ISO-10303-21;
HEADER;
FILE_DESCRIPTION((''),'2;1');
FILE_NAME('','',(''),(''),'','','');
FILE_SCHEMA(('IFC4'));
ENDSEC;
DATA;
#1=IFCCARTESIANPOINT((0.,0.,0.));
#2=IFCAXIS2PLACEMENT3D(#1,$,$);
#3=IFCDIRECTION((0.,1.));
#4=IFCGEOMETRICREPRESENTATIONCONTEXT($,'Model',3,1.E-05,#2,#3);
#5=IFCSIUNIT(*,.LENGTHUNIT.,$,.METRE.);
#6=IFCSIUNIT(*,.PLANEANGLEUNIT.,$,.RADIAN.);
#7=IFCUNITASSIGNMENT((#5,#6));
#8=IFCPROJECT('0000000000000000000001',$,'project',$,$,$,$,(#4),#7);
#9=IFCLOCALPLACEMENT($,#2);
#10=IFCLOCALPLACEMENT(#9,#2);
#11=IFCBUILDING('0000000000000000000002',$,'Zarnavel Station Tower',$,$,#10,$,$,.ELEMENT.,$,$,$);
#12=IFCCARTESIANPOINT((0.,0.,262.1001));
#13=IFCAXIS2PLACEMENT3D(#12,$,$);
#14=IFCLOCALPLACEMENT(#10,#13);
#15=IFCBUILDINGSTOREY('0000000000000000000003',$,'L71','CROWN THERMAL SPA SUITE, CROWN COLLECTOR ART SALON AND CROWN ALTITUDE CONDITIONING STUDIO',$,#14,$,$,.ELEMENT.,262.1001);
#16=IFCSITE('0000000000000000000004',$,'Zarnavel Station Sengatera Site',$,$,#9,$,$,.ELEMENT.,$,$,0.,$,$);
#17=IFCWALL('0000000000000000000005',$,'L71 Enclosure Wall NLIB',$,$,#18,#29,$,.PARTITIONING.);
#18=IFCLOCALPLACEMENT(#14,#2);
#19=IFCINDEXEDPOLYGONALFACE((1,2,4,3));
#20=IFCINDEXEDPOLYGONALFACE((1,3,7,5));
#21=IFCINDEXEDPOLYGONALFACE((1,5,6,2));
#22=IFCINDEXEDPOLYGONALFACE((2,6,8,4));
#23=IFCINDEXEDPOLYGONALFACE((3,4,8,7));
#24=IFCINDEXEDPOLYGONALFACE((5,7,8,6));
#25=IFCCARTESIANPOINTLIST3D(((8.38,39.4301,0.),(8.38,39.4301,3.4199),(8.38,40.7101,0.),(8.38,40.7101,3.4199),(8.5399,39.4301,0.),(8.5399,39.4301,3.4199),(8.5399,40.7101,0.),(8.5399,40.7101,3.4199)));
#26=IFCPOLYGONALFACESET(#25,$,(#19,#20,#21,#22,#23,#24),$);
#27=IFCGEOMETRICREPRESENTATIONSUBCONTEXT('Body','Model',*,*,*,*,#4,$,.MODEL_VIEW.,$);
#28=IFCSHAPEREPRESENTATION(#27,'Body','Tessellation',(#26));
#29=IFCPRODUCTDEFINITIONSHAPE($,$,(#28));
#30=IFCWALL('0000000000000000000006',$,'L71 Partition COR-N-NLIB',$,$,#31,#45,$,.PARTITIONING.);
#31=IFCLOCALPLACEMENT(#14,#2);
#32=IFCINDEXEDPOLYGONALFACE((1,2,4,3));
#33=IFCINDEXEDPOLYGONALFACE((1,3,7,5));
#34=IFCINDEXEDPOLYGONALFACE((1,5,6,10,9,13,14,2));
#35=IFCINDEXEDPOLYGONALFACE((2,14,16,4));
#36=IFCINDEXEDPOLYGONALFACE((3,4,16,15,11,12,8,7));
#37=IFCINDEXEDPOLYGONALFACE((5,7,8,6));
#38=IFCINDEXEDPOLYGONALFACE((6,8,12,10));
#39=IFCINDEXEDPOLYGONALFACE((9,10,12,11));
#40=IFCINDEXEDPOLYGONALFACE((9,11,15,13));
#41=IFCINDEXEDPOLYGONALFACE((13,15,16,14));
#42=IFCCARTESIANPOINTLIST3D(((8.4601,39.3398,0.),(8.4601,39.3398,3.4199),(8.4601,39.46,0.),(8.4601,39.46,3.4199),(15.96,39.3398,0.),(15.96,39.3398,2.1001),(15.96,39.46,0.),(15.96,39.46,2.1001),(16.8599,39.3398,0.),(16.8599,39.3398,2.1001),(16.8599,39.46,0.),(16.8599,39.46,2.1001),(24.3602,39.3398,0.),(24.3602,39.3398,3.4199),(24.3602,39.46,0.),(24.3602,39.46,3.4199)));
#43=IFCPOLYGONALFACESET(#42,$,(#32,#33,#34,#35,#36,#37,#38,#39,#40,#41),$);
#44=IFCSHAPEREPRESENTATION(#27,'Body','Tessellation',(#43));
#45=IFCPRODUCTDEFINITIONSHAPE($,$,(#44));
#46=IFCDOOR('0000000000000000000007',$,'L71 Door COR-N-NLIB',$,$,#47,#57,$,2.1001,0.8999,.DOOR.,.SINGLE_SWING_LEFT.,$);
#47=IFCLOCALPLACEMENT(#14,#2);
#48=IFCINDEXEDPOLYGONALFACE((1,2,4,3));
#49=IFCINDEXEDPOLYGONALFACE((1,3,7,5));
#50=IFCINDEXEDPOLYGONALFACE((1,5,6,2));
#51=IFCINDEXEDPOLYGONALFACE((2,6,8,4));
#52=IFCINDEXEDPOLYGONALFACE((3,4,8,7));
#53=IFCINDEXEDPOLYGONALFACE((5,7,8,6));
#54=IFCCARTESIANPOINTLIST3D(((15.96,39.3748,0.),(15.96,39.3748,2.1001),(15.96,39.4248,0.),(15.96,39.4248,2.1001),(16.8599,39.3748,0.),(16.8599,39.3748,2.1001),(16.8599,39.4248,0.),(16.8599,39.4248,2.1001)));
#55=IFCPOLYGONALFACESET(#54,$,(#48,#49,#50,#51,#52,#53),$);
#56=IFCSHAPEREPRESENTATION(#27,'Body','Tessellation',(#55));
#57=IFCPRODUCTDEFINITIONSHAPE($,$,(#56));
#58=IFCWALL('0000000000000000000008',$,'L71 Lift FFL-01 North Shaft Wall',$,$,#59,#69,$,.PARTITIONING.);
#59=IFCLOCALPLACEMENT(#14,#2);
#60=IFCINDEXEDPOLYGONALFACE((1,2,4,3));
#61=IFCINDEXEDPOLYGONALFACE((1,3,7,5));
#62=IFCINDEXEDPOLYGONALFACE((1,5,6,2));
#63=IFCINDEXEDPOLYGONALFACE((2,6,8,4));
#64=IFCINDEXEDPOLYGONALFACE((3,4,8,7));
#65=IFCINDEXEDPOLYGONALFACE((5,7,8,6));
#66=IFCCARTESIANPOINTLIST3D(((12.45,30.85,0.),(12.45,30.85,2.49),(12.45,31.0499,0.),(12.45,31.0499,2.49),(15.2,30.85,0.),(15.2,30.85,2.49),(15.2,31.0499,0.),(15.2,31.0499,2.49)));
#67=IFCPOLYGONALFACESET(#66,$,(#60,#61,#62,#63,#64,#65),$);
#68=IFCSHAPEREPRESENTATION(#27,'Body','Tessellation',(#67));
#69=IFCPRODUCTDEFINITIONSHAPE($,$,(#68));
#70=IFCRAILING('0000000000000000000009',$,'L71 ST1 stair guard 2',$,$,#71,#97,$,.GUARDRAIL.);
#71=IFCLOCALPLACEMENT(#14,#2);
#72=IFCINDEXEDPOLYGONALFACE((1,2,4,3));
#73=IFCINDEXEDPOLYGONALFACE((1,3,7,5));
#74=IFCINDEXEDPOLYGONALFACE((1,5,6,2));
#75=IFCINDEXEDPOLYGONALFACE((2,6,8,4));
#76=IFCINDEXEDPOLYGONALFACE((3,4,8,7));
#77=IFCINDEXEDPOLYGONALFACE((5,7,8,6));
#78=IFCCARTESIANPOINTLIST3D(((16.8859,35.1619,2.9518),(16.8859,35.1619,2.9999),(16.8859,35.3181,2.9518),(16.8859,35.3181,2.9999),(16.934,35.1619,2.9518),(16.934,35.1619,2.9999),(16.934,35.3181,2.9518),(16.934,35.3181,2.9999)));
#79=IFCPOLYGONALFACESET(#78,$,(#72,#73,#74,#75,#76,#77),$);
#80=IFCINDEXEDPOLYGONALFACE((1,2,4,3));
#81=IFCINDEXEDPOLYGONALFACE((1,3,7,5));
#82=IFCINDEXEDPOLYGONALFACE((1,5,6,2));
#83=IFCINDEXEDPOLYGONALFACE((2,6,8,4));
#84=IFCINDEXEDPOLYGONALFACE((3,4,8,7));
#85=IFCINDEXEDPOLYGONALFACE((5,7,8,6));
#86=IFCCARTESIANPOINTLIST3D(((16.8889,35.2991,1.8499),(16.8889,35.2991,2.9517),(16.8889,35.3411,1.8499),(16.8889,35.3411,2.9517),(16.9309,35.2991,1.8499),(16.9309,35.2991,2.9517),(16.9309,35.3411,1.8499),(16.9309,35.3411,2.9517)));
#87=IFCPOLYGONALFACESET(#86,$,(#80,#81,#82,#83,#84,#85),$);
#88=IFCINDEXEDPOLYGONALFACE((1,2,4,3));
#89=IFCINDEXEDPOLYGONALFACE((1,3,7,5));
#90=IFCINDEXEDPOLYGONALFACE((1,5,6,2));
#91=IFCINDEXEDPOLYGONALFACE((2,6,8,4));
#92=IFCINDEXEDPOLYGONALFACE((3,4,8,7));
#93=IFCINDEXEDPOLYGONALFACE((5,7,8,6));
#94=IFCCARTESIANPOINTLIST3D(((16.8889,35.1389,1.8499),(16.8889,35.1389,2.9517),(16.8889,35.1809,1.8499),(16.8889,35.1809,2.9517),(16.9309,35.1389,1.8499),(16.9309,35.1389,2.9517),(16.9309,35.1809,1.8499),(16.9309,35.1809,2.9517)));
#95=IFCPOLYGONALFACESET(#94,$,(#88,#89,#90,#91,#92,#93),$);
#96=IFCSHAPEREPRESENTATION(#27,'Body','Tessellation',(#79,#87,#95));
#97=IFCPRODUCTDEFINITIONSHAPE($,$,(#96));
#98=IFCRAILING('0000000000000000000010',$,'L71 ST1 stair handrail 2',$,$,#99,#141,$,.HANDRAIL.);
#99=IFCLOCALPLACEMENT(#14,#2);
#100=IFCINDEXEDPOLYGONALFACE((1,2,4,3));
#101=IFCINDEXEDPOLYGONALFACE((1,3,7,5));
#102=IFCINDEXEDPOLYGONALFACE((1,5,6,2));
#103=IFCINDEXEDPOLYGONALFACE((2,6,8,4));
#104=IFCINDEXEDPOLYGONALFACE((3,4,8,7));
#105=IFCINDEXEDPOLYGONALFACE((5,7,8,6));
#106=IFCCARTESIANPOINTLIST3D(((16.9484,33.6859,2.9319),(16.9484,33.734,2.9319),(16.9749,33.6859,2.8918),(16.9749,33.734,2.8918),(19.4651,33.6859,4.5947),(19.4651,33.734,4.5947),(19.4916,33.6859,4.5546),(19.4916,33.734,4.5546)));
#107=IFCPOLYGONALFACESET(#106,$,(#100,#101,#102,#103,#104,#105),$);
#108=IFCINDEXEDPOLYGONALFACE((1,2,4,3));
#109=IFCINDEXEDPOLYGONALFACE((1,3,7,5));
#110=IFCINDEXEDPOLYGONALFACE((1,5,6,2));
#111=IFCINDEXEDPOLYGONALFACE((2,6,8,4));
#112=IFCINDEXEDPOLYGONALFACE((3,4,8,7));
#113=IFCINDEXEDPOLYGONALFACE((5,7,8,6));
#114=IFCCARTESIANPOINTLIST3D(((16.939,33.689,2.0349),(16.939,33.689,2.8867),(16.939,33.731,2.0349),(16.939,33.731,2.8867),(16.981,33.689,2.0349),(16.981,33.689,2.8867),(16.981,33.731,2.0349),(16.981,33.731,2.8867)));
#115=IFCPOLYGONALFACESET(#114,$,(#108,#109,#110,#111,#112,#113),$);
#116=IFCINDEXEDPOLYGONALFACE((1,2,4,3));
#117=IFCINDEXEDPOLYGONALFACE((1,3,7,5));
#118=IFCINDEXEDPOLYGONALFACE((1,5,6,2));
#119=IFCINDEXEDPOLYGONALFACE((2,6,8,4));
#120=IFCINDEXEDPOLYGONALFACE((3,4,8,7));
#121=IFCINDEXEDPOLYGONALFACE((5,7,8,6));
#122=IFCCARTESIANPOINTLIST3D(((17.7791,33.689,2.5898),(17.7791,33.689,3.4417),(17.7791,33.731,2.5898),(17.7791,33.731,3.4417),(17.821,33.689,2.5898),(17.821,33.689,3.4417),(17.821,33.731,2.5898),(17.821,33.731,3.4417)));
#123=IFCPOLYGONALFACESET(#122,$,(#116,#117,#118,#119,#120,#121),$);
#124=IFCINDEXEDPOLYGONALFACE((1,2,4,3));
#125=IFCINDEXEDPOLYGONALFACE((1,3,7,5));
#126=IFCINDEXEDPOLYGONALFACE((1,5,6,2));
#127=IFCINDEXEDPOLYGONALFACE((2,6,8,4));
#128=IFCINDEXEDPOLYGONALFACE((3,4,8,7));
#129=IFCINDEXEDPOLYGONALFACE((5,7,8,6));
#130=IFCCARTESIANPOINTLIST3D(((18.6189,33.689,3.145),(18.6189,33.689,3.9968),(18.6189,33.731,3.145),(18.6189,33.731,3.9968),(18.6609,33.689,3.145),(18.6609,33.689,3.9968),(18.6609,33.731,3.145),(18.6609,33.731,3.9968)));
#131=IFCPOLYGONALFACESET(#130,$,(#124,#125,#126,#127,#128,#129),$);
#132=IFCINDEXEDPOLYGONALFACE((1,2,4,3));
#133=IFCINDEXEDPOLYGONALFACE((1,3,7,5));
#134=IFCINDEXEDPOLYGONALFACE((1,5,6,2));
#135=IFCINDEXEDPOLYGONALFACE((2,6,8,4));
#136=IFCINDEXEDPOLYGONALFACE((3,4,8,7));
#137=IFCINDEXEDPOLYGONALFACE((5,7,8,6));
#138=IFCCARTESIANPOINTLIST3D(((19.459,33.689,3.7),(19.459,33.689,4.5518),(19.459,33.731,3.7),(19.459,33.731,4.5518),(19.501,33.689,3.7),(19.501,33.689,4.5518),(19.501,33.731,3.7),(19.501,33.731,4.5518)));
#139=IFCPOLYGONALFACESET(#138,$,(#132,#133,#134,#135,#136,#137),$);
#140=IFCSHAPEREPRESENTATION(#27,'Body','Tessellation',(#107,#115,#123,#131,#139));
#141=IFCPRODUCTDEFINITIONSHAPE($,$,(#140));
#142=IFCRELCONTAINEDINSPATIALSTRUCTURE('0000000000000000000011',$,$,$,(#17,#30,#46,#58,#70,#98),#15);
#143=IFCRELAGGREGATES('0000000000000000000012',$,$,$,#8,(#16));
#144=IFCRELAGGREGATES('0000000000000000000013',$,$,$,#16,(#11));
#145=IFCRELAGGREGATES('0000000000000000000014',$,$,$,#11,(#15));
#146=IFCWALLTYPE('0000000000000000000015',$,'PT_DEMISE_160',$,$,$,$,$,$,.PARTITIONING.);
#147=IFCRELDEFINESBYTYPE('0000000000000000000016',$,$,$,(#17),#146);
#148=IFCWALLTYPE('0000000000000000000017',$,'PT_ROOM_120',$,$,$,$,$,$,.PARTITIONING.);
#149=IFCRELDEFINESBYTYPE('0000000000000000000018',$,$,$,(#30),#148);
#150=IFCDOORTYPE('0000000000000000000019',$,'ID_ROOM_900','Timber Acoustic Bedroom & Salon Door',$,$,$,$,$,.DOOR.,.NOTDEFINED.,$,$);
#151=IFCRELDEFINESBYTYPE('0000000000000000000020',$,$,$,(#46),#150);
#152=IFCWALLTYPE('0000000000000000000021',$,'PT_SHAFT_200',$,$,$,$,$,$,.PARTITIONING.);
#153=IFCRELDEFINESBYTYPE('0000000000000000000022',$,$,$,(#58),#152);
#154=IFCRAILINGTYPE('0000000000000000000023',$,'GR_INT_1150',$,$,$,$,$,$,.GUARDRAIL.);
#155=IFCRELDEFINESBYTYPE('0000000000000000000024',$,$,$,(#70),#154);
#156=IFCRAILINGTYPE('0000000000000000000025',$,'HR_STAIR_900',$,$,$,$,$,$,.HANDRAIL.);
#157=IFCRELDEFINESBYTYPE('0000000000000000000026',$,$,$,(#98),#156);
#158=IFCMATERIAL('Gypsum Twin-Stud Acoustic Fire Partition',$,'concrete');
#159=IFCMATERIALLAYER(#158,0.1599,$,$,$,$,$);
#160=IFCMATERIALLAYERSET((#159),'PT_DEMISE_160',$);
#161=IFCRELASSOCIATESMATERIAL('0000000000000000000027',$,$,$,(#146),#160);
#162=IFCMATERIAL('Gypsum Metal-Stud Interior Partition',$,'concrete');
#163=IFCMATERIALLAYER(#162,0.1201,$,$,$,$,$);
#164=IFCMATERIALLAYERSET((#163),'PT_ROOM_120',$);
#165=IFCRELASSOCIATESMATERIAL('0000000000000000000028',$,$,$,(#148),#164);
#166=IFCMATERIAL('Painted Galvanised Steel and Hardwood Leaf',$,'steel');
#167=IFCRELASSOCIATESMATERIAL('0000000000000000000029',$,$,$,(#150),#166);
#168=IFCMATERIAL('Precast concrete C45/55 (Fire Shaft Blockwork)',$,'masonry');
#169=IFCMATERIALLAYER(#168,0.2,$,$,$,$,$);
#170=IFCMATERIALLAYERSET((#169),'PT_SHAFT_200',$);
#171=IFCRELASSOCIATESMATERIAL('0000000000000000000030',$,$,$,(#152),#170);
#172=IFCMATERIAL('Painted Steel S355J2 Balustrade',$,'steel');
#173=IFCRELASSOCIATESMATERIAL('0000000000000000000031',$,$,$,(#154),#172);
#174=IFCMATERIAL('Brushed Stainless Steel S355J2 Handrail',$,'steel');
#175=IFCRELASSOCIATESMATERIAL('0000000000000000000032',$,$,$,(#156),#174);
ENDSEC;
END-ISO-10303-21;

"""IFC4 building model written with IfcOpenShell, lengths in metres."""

from ifc_helpers import new_model, si_unit, direction, frame, frame_2d, origin, origin_2d, place, context, subcontext, project, spatial, rectangle, extrude, material, layer, layer_set, type_object, element, fill, save


model = new_model("IFC4")

# Units and contexts
model_context = context("Model", 3, precision=1e-05, world=origin(), true_north=direction((0.0, 1.0)))
body_context = subcontext(model_context, "Body", "Model", "MODEL_VIEW")
ifc_project = project(units=[si_unit("LENGTHUNIT", "METRE"), si_unit("PLANEANGLEUNIT", "RADIAN")], contexts=[model_context])

# Site, building, storey
site_placement = place(None, origin())
site = spatial("IfcSite", under=ifc_project, at=site_placement, Name="Zarnavel Station Sengatera Site", CompositionType="ELEMENT", RefElevation=0.0)
building_placement = place(site_placement, origin())
building = spatial("IfcBuilding", under=site, at=building_placement, Name="Zarnavel Station Tower", CompositionType="ELEMENT")
storey_placement = place(building_placement, frame((0.0, 0.0, 262.1001)))
storey = spatial("IfcBuildingStorey", under=building, at=storey_placement, Name="L71", Description="CROWN THERMAL SPA SUITE, CROWN COLLECTOR ART SALON AND CROWN ALTITUDE CONDITIONING STUDIO", CompositionType="ELEMENT", Elevation=262.1001)

# Wall
ifc_material_1 = material(Name="Gypsum Twin-Stud Acoustic Fire Partition", Category="concrete")
ifc_layer_1 = layer(ifc_material_1, 0.1599)
ifc_layer_set_1 = layer_set([ifc_layer_1], Name="PT_DEMISE_160")
wall_type_1 = type_object("IfcWallType", Name="PT_DEMISE_160", PredefinedType="PARTITIONING", material=ifc_layer_set_1)
wall_1_placement = place(storey_placement, frame((8.46, 39.4299, 0.0), z_axis=(0.0, 0.0, 1.0), x_axis=(0.0, 1.0, 0.0)))
element("IfcWall", 1, at=wall_1_placement, inside=storey, type_object=wall_type_1, Name="L71 Enclosure Wall NLIB", PredefinedType="PARTITIONING", context=body_context, shape_type="SweptSolid", body=[
    extrude(rectangle(XDim=1.28, YDim=0.1599, at=frame_2d((0.6401, 0.0))), origin(), (0.0, 0.0, 1.0), 3.4199),
])

# Wall, opening, door
ifc_material_2 = material(Name="Gypsum Metal-Stud Interior Partition", Category="concrete")
ifc_layer_2 = layer(ifc_material_2, 0.1201)
ifc_layer_set_2 = layer_set([ifc_layer_2], Name="PT_ROOM_120")
wall_type_2 = type_object("IfcWallType", Name="PT_ROOM_120", PredefinedType="PARTITIONING", material=ifc_layer_set_2)
wall_2_placement = place(storey_placement, frame((8.46, 39.3999, 0.0), z_axis=(0.0, 0.0, 1.0), x_axis=(1.0, 0.0, 0.0)))
wall_2 = element("IfcWall", 2, at=wall_2_placement, inside=storey, type_object=wall_type_2, Name="L71 Partition COR-N-NLIB", PredefinedType="PARTITIONING", context=body_context, shape_type="SweptSolid", body=[
    extrude(rectangle(XDim=15.9001, YDim=0.1201, at=frame_2d((7.9502, 0.0))), origin(), (0.0, 0.0, 1.0), 3.4199),
])
opening_1_placement = place(wall_2_placement, frame((7.5, 0.0, 0.0)))
opening_1 = element("IfcOpeningElement", 3, at=opening_1_placement, cuts=wall_2, PredefinedType="OPENING", context=body_context, shape_type="SweptSolid", body=[
    extrude(rectangle(XDim=0.8999, YDim=2.1001, at=frame_2d((0.45, 1.05))), frame((0.0, 0.0701, 0.0), z_axis=(0.0, -1.0, 0.0), x_axis=(1.0, 0.0, 0.0)), (0.0, 0.0, 1.0), 0.1401),
])
ifc_material_3 = material(Name="Painted Galvanised Steel and Hardwood Leaf", Category="steel")
door_type = type_object("IfcDoorType", Name="ID_ROOM_900", Description="Timber Acoustic Bedroom & Salon Door", OperationType="NOTDEFINED", PredefinedType="DOOR", material=ifc_material_3)
door_placement = place(opening_1_placement, origin())
door = element("IfcDoor", 4, at=door_placement, inside=storey, type_object=door_type, Name="L71 Door COR-N-NLIB", OperationType="SINGLE_SWING_LEFT", OverallHeight=2.1001, OverallWidth=0.8999, PredefinedType="DOOR", context=body_context, shape_type="SweptSolid", body=[
    extrude(rectangle(XDim=0.8999, YDim=2.1001, at=frame_2d((0.45, 1.05))), frame((0.0, 0.0249, 0.0), z_axis=(0.0, -1.0, 0.0), x_axis=(1.0, 0.0, 0.0)), (0.0, 0.0, 1.0), 0.05),
])
fill(opening_1, door)

# Wall
ifc_material_4 = material(Name="Precast concrete C45/55 (Fire Shaft Blockwork)", Category="masonry")
ifc_layer_3 = layer(ifc_material_4, 0.2)
ifc_layer_set_3 = layer_set([ifc_layer_3], Name="PT_SHAFT_200")
wall_type_3 = type_object("IfcWallType", Name="PT_SHAFT_200", PredefinedType="PARTITIONING", material=ifc_layer_set_3)
wall_3_placement = place(storey_placement, frame((12.45, 30.95, 0.0), z_axis=(0.0, 0.0, 1.0), x_axis=(1.0, 0.0, 0.0)))
element("IfcWall", 5, at=wall_3_placement, inside=storey, type_object=wall_type_3, Name="L71 Lift FFL-01 North Shaft Wall", PredefinedType="PARTITIONING", context=body_context, shape_type="SweptSolid", body=[
    extrude(rectangle(XDim=2.75, YDim=0.2, at=frame_2d((1.375, 0.0))), origin(), (0.0, 0.0, 1.0), 2.49),
])

# Railings
ifc_material_5 = material(Name="Painted Steel S355J2 Balustrade", Category="steel")
railing_type_1 = type_object("IfcRailingType", Name="GR_INT_1150", PredefinedType="GUARDRAIL", material=ifc_material_5)
railing_1_placement = place(storey_placement, frame((16.9099, 35.3201, 1.8499)))
element("IfcRailing", 6, at=railing_1_placement, inside=storey, type_object=railing_type_1, Name="L71 ST1 stair guard 2", PredefinedType="GUARDRAIL", context=body_context, shape_type="SweptSolid", body=[
    extrude(rectangle(XDim=0.0481, YDim=0.0481, at=origin_2d()), frame((0.0, -0.002, 1.126), z_axis=(0.0, -1.0, 0.0), x_axis=(1.0, 0.0, 0.0)), (0.0, 0.0, 1.0), 0.1562),
    extrude(rectangle(XDim=0.042, YDim=0.042, at=origin_2d()), origin(), (0.0, 0.0, 1.0), 1.1018),
    extrude(rectangle(XDim=0.042, YDim=0.042, at=origin_2d()), frame((0.0, -0.1602, 0.0)), (0.0, 0.0, 1.0), 1.1018),
])
ifc_material_6 = material(Name="Brushed Stainless Steel S355J2 Handrail", Category="steel")
railing_type_2 = type_object("IfcRailingType", Name="HR_STAIR_900", PredefinedType="HANDRAIL", material=ifc_material_6)
railing_2_placement = place(storey_placement, frame((16.96, 33.71, 2.0349)))
element("IfcRailing", 7, at=railing_2_placement, inside=storey, type_object=railing_type_2, Name="L71 ST1 stair handrail 2", PredefinedType="HANDRAIL", context=body_context, shape_type="SweptSolid", body=[
    extrude(rectangle(XDim=0.0481, YDim=0.0481, at=origin_2d()), frame((0.0017, 0.0, 0.877), z_axis=(0.834331, 0.0, 0.551263), x_axis=(0.0, 1.0, 0.0)), (0.0, 0.0, 1.0), 3.0164),
    extrude(rectangle(XDim=0.042, YDim=0.042, at=origin_2d()), origin(), (0.0, 0.0, 1.0), 0.8518),
    extrude(rectangle(XDim=0.042, YDim=0.042, at=origin_2d()), frame((0.8401, 0.0, 0.5549)), (0.0, 0.0, 1.0), 0.8518),
    extrude(rectangle(XDim=0.042, YDim=0.042, at=origin_2d()), frame((1.6799, 0.0, 1.1101)), (0.0, 0.0, 1.0), 0.8518),
    extrude(rectangle(XDim=0.042, YDim=0.042, at=origin_2d()), frame((2.52, 0.0, 1.665)), (0.0, 0.0, 1.0), 0.8518),
])

save(model, "model.ifc")
